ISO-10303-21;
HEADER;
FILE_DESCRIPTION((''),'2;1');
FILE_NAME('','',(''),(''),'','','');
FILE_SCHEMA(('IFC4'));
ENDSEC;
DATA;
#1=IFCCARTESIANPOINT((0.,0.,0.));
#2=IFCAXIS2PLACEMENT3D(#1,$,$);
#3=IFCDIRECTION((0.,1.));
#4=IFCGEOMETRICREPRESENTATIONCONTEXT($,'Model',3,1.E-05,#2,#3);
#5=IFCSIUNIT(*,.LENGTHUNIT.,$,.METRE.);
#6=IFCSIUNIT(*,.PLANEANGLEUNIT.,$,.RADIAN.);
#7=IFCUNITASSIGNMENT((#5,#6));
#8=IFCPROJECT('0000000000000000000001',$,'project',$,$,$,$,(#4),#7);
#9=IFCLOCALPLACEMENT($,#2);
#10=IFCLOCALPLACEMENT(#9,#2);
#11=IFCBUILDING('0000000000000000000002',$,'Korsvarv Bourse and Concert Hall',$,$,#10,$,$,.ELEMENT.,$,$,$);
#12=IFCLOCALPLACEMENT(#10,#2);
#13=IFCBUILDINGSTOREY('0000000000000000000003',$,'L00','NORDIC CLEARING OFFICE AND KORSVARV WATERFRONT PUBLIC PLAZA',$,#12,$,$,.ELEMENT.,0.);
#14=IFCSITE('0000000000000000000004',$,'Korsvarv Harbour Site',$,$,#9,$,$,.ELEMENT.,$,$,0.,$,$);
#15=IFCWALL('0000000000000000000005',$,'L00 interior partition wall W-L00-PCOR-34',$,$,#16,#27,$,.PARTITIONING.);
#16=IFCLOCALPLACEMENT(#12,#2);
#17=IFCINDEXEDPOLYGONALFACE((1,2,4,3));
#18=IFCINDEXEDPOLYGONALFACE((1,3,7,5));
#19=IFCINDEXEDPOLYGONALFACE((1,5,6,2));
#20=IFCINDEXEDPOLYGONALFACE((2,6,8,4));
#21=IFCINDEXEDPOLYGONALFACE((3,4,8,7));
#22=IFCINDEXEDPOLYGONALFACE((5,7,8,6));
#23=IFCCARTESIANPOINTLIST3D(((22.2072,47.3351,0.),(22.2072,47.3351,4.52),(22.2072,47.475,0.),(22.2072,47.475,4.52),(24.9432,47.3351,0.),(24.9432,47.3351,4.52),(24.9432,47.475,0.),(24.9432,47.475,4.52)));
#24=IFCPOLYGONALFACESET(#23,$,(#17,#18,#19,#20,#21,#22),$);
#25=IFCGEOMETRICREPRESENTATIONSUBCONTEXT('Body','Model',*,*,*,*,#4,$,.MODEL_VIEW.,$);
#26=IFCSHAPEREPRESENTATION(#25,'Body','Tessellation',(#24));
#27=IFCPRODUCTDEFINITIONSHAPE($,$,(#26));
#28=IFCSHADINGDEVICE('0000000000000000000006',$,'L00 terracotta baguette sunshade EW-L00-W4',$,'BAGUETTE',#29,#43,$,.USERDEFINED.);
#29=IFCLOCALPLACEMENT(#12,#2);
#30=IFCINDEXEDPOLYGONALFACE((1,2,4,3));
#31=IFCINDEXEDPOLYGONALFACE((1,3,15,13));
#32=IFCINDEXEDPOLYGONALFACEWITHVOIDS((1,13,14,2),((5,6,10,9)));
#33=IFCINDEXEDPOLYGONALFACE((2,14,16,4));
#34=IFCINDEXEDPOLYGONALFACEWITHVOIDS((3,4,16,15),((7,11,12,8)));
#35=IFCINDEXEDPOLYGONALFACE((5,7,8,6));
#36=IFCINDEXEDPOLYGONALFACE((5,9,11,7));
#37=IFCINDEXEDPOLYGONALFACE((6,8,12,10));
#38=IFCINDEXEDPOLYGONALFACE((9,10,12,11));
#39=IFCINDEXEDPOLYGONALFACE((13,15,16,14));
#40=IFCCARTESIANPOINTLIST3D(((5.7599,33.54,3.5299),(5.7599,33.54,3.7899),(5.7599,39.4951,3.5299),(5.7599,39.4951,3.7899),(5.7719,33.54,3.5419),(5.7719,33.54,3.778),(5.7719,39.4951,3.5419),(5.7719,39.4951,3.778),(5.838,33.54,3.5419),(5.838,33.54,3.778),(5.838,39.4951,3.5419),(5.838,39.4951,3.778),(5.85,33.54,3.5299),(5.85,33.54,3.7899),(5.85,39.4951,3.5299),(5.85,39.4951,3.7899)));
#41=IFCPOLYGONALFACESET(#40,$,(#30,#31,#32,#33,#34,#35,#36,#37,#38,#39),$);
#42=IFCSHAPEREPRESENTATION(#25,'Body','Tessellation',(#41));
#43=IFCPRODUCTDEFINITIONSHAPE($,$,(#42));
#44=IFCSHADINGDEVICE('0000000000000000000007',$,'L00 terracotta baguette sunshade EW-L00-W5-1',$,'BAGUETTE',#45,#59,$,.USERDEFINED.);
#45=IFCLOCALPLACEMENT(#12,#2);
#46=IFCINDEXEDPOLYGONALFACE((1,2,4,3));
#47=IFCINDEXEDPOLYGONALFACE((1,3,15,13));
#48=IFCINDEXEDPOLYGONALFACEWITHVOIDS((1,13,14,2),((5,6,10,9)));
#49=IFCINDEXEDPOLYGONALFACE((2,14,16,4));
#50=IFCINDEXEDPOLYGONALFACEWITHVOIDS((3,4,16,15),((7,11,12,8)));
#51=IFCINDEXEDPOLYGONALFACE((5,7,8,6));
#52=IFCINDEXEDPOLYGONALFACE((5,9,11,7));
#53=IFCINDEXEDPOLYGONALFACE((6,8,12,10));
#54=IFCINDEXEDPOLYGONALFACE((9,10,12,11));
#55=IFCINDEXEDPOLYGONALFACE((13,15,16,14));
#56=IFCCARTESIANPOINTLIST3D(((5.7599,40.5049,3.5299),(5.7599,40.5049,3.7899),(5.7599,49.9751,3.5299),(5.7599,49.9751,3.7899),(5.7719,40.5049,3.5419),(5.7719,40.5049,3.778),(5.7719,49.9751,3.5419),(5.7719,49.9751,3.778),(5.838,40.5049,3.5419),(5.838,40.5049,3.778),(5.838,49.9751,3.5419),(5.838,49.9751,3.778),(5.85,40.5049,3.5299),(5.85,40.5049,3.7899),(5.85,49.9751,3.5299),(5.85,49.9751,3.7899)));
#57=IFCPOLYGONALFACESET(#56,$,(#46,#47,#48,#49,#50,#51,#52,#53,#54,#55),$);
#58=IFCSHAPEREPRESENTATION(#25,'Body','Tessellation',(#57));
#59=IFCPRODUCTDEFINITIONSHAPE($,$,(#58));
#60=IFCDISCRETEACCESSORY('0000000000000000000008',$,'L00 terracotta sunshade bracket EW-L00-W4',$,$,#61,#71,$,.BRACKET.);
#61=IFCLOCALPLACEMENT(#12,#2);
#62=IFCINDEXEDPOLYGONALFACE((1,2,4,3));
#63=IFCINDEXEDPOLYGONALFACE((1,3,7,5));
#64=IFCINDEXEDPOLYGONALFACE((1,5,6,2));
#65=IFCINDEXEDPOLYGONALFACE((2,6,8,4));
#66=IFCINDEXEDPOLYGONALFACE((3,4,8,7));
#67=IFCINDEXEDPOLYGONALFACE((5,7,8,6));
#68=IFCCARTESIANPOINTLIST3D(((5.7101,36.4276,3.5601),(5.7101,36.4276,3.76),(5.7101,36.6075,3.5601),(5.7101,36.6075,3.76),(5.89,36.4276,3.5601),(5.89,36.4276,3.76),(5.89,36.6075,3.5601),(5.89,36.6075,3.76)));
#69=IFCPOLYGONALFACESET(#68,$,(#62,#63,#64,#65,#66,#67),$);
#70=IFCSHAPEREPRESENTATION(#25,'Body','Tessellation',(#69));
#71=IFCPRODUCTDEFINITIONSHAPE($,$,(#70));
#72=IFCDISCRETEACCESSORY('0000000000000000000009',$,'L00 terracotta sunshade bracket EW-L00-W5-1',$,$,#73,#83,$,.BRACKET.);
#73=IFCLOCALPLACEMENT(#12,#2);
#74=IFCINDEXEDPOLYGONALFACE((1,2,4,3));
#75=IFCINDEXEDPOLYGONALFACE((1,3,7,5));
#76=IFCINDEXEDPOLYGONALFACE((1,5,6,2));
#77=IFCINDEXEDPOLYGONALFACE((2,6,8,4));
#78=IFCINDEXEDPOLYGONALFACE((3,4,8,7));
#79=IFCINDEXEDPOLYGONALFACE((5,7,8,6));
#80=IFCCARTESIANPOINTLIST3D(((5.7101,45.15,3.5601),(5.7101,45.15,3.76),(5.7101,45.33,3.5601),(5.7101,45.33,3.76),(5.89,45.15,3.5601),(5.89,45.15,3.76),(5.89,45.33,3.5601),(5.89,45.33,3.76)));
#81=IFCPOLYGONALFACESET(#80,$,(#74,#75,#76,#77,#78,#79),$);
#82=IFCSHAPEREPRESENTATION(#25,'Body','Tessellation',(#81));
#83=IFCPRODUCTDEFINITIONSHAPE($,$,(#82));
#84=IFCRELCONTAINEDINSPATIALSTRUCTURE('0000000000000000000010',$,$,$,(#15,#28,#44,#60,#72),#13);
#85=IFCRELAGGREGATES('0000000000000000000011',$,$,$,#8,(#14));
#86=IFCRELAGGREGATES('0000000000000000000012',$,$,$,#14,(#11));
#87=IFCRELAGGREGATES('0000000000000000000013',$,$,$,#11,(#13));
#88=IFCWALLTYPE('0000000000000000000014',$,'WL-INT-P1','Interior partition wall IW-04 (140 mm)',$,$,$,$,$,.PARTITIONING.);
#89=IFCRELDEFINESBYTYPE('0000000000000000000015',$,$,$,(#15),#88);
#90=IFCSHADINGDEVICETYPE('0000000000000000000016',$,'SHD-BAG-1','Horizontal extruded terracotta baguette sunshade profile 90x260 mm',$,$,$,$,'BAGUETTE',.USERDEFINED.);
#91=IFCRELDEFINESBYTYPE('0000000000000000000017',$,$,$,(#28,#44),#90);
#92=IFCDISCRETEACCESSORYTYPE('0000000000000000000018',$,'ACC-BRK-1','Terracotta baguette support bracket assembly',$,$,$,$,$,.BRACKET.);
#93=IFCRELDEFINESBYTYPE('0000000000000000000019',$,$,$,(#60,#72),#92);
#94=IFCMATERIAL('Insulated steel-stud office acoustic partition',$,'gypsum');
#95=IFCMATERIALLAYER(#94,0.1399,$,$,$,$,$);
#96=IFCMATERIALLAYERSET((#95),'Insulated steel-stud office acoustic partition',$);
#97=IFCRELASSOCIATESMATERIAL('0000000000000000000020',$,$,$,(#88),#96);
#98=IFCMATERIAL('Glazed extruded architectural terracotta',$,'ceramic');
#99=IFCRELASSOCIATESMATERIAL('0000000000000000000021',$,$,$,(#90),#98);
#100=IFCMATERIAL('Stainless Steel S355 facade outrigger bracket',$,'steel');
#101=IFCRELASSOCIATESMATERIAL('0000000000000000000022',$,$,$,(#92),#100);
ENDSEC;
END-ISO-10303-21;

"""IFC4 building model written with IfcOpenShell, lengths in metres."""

from ifc_helpers import new_model, si_unit, direction, frame, frame_2d, origin, origin_2d, place, context, subcontext, project, spatial, rectangle, hollow_rectangle, extrude, source, transform, mapped, material, layer, layer_set, material_profile, profile_set, type_object, element, save


model = new_model("IFC4")

# Units and contexts
model_context = context("Model", 3, precision=1e-05, world=origin(), true_north=direction((0.0, 1.0)))
body_context = subcontext(model_context, "Body", "Model", "MODEL_VIEW")
ifc_project = project(units=[si_unit("LENGTHUNIT", "METRE"), si_unit("PLANEANGLEUNIT", "RADIAN")], contexts=[model_context])

# Site, building, storey
site_placement = place(None, origin())
site = spatial("IfcSite", under=ifc_project, at=site_placement, Name="Korsvarv Harbour Site", CompositionType="ELEMENT", RefElevation=0.0)
building_placement = place(site_placement, origin())
building = spatial("IfcBuilding", under=site, at=building_placement, Name="Korsvarv Bourse and Concert Hall", CompositionType="ELEMENT")
storey_placement = place(building_placement, origin())
storey = spatial("IfcBuildingStorey", under=building, at=storey_placement, Name="L00", Description="NORDIC CLEARING OFFICE AND KORSVARV WATERFRONT PUBLIC PLAZA", CompositionType="ELEMENT", Elevation=0.0)

# Shared definitions
ifc_material_1 = material(Name="Insulated steel-stud office acoustic partition", Category="gypsum")
ifc_layer_1 = layer(ifc_material_1, 0.1399)
ifc_layer_set_1 = layer_set([ifc_layer_1], Name="Insulated steel-stud office acoustic partition")
wall_type_1 = type_object("IfcWallType", Name="WL-INT-P1", Description="Interior partition wall IW-04 (140 mm)", PredefinedType="PARTITIONING", material=ifc_layer_set_1)

# Wall
wall_1_placement = place(storey_placement, frame((22.207, 47.405, 0.0), z_axis=(0.0, 0.0, 1.0), x_axis=(1.0, 0.0, 0.0)))
element("IfcWall", 1, at=wall_1_placement, inside=storey, type_object=wall_type_1, Name="L00 interior partition wall W-L00-PCOR-34", PredefinedType="PARTITIONING", context=body_context, shape_type="SweptSolid", body=[
    extrude(rectangle(XDim=2.7361, YDim=0.1399, at=frame_2d((1.3682, 0.0))), origin(), (0.0, 0.0, 1.0), 4.52),
])

# Shading devices
ifc_material_2 = material(Name="Glazed extruded architectural terracotta", Category="ceramic")
ifc_material_profile_1 = material_profile(ifc_material_2, hollow_rectangle(XDim=0.0901, YDim=0.26, WallThickness=0.012, at=origin_2d()), Name="TC-BAG 90x260")
ifc_profile_set_1 = profile_set([ifc_material_profile_1], Name="Glazed extruded architectural terracotta")
shading_device_type = type_object("IfcShadingDeviceType", Name="SHD-BAG-1", Description="Horizontal extruded terracotta baguette sunshade profile 90x260 mm", ElementType="BAGUETTE", PredefinedType="USERDEFINED", material=ifc_profile_set_1)
shared_shape_1 = source(origin(), body_context, "Body", "SweptSolid", [
    extrude(hollow_rectangle(XDim=0.0901, YDim=0.26, WallThickness=0.012, at=origin_2d()), origin(), (0.0, 0.0, 1.0), 5.9551),
])
shading_device_1_placement = place(storey_placement, frame((5.8049, 33.54, 3.6599), z_axis=(0.0, 1.0, 0.0), x_axis=(-1.0, 0.0, 0.0)))
element("IfcShadingDevice", 2, at=shading_device_1_placement, inside=storey, type_object=shading_device_type, Name="L00 terracotta baguette sunshade EW-L00-W4", ObjectType="BAGUETTE", PredefinedType="USERDEFINED", context=body_context, shape_type="MappedRepresentation", body=[
    mapped(shared_shape_1, transform((0.0, 0.0, 0.0), scale=1.0)),
])
shared_shape_2 = source(origin(), body_context, "Body", "SweptSolid", [
    extrude(hollow_rectangle(XDim=0.0901, YDim=0.26, WallThickness=0.012, at=origin_2d()), origin(), (0.0, 0.0, 1.0), 9.4702),
])
shading_device_2_placement = place(storey_placement, frame((5.8049, 40.5049, 3.6599), z_axis=(0.0, 1.0, 0.0), x_axis=(-1.0, 0.0, 0.0)))
element("IfcShadingDevice", 3, at=shading_device_2_placement, inside=storey, type_object=shading_device_type, Name="L00 terracotta baguette sunshade EW-L00-W5-1", ObjectType="BAGUETTE", PredefinedType="USERDEFINED", context=body_context, shape_type="MappedRepresentation", body=[
    mapped(shared_shape_2, transform((0.0, 0.0, 0.0), scale=1.0)),
])

# Discrete accessories
ifc_material_3 = material(Name="Stainless Steel S355 facade outrigger bracket", Category="steel")
discrete_accessory_type = type_object("IfcDiscreteAccessoryType", Name="ACC-BRK-1", Description="Terracotta baguette support bracket assembly", PredefinedType="BRACKET", material=ifc_material_3)
shared_shape_3 = source(origin(), body_context, "Body", "SweptSolid", [
    extrude(rectangle(XDim=0.1799, YDim=0.1799, at=origin_2d()), origin(), (0.0, 0.0, 1.0), 0.2),
])
for number, where, z_axis, x_axis, name in (
    (4, (5.8, 36.5176, 3.5601), (0.0, 0.0, 1.0), (0.0, 1.0, 0.0), "L00 terracotta sunshade bracket EW-L00-W4"),
    (5, (5.8, 45.24, 3.5601), (0.0, 0.0, 1.0), (0.0, 1.0, 0.0), "L00 terracotta sunshade bracket EW-L00-W5-1"),
):
    element("IfcDiscreteAccessory", number, at=place(storey_placement, frame(where, z_axis=z_axis, x_axis=x_axis)), inside=storey, type_object=discrete_accessory_type, Name=name, PredefinedType="BRACKET", context=body_context, shape_type="MappedRepresentation", body=[
        mapped(shared_shape_3, transform((0.0, 0.0, 0.0), scale=1.0)),
    ])

save(model, "model.ifc")
